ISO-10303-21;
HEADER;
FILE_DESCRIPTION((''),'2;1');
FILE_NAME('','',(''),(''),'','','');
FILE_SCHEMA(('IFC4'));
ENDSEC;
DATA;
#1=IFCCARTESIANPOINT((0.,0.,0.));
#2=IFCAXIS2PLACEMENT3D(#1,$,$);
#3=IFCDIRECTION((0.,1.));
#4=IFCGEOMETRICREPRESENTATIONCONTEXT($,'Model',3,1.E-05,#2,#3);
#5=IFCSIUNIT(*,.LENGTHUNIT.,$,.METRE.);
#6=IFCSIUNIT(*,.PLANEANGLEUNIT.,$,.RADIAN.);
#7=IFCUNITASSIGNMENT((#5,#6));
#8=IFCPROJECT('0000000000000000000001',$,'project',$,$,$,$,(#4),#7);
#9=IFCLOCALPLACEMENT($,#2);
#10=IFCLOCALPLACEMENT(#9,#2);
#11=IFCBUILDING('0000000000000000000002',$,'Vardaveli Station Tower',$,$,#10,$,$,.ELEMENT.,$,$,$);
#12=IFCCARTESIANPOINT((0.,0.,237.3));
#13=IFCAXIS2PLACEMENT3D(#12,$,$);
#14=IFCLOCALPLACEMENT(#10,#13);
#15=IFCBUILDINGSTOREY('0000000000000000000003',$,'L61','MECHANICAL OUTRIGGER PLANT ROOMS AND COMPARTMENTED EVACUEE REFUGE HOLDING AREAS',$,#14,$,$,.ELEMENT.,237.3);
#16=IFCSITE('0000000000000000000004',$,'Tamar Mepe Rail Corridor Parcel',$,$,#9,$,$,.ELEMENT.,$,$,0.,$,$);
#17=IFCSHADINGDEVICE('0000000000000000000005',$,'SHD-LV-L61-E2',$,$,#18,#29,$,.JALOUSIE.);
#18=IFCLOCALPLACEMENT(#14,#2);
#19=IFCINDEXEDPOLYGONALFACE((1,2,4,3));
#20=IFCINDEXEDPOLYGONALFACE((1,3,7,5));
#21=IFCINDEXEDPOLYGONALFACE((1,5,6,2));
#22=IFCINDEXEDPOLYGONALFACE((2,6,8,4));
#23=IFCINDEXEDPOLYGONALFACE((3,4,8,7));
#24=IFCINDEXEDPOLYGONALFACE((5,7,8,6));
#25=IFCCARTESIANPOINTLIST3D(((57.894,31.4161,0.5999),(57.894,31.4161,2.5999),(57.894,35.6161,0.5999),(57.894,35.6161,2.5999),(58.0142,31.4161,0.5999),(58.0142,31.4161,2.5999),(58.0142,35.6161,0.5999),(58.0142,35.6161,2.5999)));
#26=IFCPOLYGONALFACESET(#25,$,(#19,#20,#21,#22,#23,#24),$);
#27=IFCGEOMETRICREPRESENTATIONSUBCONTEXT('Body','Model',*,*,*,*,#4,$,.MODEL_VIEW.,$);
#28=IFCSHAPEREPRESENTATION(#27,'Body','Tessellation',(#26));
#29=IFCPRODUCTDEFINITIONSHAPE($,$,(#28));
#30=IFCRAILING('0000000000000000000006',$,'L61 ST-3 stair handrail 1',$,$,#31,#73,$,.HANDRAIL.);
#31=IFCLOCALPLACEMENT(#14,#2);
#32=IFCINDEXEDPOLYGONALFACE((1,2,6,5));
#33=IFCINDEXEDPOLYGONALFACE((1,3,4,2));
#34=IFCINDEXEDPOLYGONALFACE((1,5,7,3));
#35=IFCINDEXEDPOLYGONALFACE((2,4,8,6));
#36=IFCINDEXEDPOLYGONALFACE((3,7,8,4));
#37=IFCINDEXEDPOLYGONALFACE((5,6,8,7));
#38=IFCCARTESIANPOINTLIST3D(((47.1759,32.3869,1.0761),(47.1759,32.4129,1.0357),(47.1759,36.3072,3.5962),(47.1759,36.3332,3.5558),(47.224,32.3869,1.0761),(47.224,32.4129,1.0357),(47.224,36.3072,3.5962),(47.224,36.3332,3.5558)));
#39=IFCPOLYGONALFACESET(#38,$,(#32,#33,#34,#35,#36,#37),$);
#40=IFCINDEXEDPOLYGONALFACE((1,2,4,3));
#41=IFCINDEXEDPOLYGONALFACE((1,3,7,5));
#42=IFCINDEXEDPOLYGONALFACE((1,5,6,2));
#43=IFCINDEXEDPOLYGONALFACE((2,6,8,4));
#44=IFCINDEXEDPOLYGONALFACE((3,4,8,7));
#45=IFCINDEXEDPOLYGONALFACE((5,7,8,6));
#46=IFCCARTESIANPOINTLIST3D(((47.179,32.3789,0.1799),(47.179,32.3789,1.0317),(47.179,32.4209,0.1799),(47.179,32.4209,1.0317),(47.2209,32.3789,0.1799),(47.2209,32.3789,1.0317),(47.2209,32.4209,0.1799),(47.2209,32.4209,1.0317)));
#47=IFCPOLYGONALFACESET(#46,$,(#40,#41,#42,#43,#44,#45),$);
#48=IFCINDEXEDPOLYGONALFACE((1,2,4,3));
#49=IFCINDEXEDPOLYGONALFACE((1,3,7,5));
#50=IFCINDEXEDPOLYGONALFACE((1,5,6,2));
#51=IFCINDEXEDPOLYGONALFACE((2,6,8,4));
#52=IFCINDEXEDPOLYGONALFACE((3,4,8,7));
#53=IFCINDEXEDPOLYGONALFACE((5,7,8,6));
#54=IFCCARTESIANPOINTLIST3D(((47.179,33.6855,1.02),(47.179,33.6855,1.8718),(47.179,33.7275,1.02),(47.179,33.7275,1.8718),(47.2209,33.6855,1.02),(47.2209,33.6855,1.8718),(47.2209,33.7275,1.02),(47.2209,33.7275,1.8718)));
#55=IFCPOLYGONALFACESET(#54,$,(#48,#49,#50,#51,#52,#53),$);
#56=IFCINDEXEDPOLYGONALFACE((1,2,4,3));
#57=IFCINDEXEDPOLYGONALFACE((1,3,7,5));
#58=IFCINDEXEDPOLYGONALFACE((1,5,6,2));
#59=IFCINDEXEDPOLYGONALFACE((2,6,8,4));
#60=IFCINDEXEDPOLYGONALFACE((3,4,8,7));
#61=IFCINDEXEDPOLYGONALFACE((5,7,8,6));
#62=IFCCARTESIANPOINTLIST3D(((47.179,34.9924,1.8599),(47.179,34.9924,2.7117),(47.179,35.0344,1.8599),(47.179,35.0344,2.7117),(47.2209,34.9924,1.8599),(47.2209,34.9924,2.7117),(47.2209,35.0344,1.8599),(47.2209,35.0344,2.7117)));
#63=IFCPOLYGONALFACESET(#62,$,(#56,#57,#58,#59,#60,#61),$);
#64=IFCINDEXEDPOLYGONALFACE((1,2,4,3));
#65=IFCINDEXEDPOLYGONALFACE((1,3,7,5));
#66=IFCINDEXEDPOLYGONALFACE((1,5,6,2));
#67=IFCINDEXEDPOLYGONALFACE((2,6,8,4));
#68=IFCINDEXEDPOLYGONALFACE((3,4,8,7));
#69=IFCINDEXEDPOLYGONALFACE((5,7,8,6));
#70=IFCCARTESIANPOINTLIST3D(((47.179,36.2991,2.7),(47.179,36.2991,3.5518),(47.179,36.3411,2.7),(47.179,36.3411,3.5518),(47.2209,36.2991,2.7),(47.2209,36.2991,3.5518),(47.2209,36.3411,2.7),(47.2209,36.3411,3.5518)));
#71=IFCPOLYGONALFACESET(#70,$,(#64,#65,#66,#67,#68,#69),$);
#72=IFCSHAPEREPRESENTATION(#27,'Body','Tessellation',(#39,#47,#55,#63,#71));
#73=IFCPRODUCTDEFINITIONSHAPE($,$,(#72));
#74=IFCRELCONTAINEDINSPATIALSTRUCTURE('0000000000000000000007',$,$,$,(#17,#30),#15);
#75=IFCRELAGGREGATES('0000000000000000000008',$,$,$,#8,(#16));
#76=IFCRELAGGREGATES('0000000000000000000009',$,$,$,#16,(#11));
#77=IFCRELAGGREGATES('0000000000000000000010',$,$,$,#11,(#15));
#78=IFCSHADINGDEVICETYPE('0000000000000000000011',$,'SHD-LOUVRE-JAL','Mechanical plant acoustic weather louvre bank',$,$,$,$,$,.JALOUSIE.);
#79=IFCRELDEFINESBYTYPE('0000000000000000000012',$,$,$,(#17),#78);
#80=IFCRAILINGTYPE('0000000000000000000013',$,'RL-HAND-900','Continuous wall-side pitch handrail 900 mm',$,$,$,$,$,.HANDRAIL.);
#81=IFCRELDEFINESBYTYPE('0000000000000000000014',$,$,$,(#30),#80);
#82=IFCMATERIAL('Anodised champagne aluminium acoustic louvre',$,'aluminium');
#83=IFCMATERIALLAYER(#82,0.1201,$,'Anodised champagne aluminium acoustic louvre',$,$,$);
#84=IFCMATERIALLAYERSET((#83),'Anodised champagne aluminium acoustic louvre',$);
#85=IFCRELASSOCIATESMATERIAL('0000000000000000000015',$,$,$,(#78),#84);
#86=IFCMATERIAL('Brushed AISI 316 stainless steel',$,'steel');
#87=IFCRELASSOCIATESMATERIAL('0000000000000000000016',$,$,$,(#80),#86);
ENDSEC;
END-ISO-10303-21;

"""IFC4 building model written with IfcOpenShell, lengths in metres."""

from ifc_helpers import new_model, si_unit, direction, frame, origin, origin_2d, place, context, subcontext, project, spatial, rectangle, extrude, source, transform, mapped, material, layer, layer_set, type_object, element, save


model = new_model("IFC4")

# Units and contexts
model_context = context("Model", 3, precision=1e-05, world=origin(), true_north=direction((0.0, 1.0)))
body_context = subcontext(model_context, "Body", "Model", "MODEL_VIEW")
ifc_project = project(units=[si_unit("LENGTHUNIT", "METRE"), si_unit("PLANEANGLEUNIT", "RADIAN")], contexts=[model_context])

# Site, building, storey
site_placement = place(None, origin())
site = spatial("IfcSite", under=ifc_project, at=site_placement, Name="Tamar Mepe Rail Corridor Parcel", CompositionType="ELEMENT", RefElevation=0.0)
building_placement = place(site_placement, origin())
building = spatial("IfcBuilding", under=site, at=building_placement, Name="Vardaveli Station Tower", CompositionType="ELEMENT")
storey_placement = place(building_placement, frame((0.0, 0.0, 237.3)))
storey = spatial("IfcBuildingStorey", under=building, at=storey_placement, Name="L61", Description="MECHANICAL OUTRIGGER PLANT ROOMS AND COMPARTMENTED EVACUEE REFUGE HOLDING AREAS", CompositionType="ELEMENT", Elevation=237.3)

# Shading device
ifc_material_1 = material(Name="Anodised champagne aluminium acoustic louvre", Category="aluminium")
ifc_layer_1 = layer(ifc_material_1, 0.1201, Name="Anodised champagne aluminium acoustic louvre")
ifc_layer_set_1 = layer_set([ifc_layer_1], Name="Anodised champagne aluminium acoustic louvre")
shading_device_type = type_object("IfcShadingDeviceType", Name="SHD-LOUVRE-JAL", Description="Mechanical plant acoustic weather louvre bank", PredefinedType="JALOUSIE", material=ifc_layer_set_1)
shared_shape_1 = source(origin(), body_context, "Body", "SweptSolid", [
    extrude(rectangle(XDim=4.2, YDim=0.1201, at=origin_2d()), origin(), (0.0, 0.0, 1.0), 2.0),
])
shading_device_placement = place(storey_placement, frame((57.9541, 33.5161, 0.5999), z_axis=(0.0, 0.0, 1.0), x_axis=(0.0, 1.0, 0.0)))
element("IfcShadingDevice", 1, at=shading_device_placement, inside=storey, type_object=shading_device_type, Name="SHD-LV-L61-E2", PredefinedType="JALOUSIE", context=body_context, shape_type="MappedRepresentation", body=[
    mapped(shared_shape_1, transform((0.0, 0.0, 0.0), scale=1.0)),
])

# Railing
ifc_material_2 = material(Name="Brushed AISI 316 stainless steel", Category="steel")
railing_type = type_object("IfcRailingType", Name="RL-HAND-900", Description="Continuous wall-side pitch handrail 900 mm", PredefinedType="HANDRAIL", material=ifc_material_2)
shared_shape_2 = source(origin(), body_context, "Body", "SweptSolid", [
    extrude(rectangle(XDim=0.0481, YDim=0.0481, at=origin_2d()), frame((0.0, 0.0, 0.876), z_axis=(0.0, 0.841187, 0.540744), x_axis=(-1.0, 0.0, 0.0)), (0.0, 0.0, 1.0), 4.6604),
    extrude(rectangle(XDim=0.042, YDim=0.042, at=origin_2d()), origin(), (0.0, 0.0, 1.0), 0.8518),
    extrude(rectangle(XDim=0.042, YDim=0.042, at=origin_2d()), frame((0.0, 1.3066, 0.8401)), (0.0, 0.0, 1.0), 0.8518),
    extrude(rectangle(XDim=0.042, YDim=0.042, at=origin_2d()), frame((0.0, 2.6135, 1.6799)), (0.0, 0.0, 1.0), 0.8518),
    extrude(rectangle(XDim=0.042, YDim=0.042, at=origin_2d()), frame((0.0, 3.9202, 2.52)), (0.0, 0.0, 1.0), 0.8518),
])
railing_placement = place(storey_placement, frame((47.2, 32.3999, 0.1799)))
element("IfcRailing", 2, at=railing_placement, inside=storey, type_object=railing_type, Name="L61 ST-3 stair handrail 1", PredefinedType="HANDRAIL", context=body_context, shape_type="MappedRepresentation", body=[
    mapped(shared_shape_2, transform((0.0, 0.0, 0.0), scale=1.0)),
])

save(model, "model.ifc")
